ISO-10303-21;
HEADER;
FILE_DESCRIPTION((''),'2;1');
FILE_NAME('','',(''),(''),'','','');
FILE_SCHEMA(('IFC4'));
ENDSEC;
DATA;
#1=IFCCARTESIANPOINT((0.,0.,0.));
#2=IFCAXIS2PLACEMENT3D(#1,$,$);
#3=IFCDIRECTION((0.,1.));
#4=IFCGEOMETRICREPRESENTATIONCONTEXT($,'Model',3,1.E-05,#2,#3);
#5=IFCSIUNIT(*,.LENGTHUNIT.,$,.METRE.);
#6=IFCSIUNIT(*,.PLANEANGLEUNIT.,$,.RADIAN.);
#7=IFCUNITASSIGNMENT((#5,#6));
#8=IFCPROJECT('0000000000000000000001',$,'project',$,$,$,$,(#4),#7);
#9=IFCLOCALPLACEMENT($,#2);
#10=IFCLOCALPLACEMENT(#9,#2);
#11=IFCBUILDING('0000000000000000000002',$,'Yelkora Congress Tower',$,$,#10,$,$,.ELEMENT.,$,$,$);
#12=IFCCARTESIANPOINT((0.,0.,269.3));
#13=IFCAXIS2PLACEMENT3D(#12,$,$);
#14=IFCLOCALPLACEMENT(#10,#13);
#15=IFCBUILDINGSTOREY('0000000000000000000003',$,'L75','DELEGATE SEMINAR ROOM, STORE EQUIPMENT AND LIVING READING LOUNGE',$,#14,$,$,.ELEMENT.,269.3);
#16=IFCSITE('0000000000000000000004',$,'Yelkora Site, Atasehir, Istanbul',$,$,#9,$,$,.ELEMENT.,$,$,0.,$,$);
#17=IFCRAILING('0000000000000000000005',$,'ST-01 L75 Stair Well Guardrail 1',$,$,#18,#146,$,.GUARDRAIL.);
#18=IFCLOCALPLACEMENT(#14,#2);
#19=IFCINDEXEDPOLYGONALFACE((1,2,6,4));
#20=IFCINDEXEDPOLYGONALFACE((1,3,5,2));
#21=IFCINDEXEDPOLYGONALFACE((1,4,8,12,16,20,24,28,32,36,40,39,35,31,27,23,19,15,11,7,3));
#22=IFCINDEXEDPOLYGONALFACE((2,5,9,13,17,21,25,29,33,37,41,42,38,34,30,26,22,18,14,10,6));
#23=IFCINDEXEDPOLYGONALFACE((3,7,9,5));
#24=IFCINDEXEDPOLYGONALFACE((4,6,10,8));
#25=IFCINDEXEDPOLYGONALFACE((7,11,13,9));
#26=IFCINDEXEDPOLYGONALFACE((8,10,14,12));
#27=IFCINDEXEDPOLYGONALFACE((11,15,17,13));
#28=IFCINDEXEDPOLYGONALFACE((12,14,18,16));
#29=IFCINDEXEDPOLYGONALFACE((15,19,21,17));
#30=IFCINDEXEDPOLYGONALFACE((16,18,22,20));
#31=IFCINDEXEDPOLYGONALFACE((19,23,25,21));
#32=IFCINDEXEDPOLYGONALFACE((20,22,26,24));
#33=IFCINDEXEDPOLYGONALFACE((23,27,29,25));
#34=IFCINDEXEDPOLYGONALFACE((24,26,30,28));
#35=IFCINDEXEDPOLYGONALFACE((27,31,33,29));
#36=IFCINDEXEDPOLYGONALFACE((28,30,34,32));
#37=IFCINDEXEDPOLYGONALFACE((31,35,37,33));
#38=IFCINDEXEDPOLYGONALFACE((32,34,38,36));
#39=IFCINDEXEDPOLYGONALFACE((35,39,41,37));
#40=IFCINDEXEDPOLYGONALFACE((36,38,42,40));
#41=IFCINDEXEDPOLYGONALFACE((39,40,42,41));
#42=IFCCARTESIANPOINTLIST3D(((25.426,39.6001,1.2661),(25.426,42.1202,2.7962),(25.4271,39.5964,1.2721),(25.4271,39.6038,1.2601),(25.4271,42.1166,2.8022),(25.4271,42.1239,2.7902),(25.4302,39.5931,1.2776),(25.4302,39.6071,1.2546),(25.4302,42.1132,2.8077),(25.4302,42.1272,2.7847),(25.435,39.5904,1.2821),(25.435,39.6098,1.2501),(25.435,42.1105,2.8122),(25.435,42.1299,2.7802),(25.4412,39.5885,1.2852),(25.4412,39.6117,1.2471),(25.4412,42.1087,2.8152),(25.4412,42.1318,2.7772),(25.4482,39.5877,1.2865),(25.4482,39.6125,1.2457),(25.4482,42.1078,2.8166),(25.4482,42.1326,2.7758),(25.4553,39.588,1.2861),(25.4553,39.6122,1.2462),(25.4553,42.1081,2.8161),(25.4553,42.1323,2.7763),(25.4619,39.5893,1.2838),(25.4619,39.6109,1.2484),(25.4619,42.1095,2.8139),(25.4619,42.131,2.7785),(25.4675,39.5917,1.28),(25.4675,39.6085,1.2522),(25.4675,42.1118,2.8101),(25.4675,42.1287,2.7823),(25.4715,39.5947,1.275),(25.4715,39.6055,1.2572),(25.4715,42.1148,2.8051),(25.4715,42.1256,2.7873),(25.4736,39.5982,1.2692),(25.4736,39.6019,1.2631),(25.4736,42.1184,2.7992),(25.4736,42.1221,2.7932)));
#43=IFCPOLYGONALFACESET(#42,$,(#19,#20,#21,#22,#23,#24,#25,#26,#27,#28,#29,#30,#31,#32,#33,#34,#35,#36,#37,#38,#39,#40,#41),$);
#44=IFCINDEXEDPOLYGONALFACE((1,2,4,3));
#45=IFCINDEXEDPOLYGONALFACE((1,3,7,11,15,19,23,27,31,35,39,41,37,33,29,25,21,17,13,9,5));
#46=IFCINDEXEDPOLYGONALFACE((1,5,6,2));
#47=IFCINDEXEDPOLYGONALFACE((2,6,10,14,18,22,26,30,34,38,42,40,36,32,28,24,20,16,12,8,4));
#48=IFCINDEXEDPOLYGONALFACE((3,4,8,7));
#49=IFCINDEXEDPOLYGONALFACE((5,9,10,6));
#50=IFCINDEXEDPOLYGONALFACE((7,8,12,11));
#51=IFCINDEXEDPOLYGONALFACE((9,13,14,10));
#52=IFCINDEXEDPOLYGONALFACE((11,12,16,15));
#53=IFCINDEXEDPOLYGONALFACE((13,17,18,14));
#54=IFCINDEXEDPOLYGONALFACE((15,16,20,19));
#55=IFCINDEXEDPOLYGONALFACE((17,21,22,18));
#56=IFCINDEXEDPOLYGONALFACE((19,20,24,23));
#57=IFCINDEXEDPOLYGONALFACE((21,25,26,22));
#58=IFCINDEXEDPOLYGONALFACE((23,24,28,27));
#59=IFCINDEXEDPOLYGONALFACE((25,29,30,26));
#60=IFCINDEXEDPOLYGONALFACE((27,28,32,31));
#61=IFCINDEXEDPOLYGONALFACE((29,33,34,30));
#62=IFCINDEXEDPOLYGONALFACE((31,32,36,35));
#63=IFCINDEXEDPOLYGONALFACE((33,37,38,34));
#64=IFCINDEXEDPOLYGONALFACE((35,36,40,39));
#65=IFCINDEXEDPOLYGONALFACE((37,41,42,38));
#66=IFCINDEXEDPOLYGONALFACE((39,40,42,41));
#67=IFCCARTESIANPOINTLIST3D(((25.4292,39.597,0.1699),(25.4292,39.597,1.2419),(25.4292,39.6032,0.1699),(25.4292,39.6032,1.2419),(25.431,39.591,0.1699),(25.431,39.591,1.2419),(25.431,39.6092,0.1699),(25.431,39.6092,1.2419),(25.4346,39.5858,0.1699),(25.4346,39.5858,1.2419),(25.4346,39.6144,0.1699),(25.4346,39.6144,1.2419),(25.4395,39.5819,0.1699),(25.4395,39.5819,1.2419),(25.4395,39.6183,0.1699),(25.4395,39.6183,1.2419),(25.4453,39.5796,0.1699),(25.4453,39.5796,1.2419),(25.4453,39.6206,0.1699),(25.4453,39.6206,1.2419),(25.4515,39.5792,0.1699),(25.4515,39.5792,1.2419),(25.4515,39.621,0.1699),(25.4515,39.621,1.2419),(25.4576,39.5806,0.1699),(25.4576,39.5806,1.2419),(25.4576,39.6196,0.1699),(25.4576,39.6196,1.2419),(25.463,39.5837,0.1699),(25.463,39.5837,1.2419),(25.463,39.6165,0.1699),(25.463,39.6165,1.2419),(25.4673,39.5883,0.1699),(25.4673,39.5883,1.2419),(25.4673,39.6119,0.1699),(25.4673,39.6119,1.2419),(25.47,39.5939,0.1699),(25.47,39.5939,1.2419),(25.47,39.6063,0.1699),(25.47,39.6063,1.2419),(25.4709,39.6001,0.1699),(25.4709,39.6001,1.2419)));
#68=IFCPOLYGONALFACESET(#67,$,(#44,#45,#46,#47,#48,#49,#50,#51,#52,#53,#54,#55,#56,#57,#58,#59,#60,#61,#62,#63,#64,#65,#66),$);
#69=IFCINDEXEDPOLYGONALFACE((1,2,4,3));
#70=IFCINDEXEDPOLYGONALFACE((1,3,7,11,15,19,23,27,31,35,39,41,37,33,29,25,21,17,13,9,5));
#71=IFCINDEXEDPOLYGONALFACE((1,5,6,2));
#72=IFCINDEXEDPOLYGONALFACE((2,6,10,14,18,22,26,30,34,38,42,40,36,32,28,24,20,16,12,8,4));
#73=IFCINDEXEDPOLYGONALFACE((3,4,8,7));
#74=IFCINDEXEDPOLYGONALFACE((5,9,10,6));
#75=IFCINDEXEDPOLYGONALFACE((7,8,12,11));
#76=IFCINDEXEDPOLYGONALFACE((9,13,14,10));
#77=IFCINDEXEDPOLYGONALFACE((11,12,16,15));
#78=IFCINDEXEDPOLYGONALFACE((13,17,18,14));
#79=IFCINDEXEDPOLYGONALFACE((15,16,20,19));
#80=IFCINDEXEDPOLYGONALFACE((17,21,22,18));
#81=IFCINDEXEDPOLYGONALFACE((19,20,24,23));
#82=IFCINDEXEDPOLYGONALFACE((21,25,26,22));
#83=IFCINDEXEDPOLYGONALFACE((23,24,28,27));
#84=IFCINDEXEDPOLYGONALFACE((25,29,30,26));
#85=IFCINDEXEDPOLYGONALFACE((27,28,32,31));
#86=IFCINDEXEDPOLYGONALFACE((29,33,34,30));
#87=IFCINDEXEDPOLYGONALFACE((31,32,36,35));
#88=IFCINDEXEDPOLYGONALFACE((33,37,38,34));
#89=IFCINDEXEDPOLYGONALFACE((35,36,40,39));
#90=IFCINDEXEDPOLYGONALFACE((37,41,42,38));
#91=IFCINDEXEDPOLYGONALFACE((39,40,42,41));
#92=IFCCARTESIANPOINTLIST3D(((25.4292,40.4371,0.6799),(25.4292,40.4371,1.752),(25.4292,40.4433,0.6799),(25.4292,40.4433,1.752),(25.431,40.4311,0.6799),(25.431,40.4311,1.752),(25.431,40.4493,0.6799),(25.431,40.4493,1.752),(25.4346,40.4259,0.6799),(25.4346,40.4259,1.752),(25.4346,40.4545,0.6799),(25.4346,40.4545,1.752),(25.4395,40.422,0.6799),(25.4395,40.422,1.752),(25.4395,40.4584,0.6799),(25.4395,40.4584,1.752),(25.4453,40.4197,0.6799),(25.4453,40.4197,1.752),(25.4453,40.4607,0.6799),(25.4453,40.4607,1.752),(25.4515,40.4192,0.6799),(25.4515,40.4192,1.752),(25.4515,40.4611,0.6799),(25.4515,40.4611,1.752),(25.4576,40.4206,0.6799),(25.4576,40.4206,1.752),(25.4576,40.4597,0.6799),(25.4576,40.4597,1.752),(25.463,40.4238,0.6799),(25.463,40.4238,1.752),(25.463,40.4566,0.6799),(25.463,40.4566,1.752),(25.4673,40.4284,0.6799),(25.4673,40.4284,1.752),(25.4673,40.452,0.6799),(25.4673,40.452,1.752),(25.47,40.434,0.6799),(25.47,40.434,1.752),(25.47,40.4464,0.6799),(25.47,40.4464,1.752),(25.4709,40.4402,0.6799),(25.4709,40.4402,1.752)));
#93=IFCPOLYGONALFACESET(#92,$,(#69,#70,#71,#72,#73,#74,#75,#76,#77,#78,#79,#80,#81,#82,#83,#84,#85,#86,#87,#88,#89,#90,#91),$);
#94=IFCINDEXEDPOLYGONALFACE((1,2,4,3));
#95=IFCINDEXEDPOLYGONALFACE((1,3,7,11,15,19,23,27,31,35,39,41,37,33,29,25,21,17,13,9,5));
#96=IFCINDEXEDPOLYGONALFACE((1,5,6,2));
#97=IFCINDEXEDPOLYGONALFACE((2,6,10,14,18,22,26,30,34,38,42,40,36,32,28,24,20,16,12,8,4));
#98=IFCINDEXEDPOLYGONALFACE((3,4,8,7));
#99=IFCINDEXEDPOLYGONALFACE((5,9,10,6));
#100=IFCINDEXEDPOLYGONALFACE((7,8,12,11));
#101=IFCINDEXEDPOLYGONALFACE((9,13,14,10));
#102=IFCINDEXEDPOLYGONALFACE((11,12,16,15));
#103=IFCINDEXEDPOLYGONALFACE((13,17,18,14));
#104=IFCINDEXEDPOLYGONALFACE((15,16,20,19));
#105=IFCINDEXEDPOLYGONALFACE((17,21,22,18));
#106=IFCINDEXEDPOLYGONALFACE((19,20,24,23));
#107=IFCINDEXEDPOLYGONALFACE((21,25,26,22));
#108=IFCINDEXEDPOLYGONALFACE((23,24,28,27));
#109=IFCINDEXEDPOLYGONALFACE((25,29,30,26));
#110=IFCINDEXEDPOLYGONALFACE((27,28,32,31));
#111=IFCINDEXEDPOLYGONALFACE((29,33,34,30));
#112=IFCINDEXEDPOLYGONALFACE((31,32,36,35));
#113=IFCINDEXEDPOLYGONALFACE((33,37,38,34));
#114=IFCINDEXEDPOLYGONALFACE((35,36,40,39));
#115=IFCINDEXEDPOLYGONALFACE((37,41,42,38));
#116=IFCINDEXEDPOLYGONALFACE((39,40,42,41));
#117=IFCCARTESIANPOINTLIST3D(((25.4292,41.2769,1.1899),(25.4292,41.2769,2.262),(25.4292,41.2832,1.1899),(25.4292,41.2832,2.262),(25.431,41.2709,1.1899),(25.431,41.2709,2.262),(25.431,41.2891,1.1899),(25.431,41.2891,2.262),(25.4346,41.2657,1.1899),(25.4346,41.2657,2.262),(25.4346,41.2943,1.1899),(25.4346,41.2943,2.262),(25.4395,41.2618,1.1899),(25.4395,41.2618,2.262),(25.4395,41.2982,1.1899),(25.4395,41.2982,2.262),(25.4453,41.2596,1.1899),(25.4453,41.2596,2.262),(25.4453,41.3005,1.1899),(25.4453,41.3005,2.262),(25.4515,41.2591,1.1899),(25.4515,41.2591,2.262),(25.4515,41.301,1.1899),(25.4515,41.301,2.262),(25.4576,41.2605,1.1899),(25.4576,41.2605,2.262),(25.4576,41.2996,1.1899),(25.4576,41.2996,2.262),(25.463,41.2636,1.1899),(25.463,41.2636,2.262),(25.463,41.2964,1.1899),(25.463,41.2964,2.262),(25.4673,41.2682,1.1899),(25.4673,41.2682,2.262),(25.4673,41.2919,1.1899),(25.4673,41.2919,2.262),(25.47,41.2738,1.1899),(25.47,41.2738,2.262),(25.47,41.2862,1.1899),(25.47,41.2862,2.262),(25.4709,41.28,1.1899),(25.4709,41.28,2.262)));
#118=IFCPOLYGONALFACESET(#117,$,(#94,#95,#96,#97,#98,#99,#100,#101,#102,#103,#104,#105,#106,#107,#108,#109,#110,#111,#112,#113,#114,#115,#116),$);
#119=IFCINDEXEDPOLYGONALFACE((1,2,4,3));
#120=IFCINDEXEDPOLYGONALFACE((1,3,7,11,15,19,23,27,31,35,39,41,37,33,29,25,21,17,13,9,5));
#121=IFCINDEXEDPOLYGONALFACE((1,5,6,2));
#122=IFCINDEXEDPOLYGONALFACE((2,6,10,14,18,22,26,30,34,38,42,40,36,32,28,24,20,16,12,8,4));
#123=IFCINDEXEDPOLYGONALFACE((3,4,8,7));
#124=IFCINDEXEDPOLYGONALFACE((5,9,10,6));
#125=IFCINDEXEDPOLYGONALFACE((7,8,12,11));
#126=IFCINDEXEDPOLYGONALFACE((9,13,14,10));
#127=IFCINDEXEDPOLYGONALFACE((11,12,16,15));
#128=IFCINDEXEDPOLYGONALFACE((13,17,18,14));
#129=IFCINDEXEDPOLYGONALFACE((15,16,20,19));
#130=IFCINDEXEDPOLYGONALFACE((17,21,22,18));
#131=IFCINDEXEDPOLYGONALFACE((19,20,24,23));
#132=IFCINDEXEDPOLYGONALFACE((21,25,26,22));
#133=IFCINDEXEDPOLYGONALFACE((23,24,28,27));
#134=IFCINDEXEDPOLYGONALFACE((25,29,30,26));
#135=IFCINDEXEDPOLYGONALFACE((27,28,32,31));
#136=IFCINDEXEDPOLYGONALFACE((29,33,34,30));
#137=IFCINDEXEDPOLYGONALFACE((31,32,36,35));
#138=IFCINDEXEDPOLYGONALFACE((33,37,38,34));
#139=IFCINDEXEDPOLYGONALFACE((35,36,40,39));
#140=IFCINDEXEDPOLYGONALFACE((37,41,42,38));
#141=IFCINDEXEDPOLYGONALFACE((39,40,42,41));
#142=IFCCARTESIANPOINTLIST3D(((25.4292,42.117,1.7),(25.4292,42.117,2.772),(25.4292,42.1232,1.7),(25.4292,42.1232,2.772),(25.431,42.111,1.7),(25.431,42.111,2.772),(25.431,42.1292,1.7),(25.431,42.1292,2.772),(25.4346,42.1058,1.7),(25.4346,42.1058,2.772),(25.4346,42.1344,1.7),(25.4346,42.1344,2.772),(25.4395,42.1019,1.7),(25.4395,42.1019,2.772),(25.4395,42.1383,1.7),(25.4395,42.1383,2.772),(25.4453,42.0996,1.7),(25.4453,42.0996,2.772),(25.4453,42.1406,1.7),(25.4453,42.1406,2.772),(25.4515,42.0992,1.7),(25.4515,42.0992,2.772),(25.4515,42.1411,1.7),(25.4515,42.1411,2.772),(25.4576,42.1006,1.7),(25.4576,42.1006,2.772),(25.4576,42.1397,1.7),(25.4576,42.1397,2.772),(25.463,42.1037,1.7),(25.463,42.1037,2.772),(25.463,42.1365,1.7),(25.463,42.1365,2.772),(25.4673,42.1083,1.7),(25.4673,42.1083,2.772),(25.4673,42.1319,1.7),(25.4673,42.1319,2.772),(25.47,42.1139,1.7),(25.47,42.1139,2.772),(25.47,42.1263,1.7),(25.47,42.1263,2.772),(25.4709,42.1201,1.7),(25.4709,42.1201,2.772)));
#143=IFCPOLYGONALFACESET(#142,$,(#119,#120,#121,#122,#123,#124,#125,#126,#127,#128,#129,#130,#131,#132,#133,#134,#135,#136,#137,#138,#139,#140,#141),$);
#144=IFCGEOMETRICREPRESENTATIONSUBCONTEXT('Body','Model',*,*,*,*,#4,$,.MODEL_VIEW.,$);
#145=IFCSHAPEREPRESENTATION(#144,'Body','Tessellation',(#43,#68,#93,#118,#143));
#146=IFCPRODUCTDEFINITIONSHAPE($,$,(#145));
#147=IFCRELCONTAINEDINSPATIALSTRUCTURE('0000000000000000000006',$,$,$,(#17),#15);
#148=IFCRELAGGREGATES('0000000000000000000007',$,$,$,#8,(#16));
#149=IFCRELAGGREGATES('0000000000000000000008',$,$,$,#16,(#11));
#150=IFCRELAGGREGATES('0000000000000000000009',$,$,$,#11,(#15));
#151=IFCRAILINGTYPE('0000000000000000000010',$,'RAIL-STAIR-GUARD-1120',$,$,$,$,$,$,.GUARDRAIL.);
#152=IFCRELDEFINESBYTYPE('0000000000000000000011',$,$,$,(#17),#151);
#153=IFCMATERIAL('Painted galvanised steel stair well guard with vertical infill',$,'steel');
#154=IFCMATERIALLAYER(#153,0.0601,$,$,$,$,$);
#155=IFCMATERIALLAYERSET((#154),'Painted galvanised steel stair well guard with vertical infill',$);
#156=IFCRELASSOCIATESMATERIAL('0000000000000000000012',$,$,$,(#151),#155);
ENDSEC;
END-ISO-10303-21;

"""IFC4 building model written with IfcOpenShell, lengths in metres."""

from ifc_helpers import new_model, si_unit, direction, frame, origin, origin_2d, place, context, subcontext, project, spatial, circle, extrude, material, layer, layer_set, type_object, element, save


model = new_model("IFC4")

# Units and contexts
model_context = context("Model", 3, precision=1e-05, world=origin(), true_north=direction((0.0, 1.0)))
body_context = subcontext(model_context, "Body", "Model", "MODEL_VIEW")
ifc_project = project(units=[si_unit("LENGTHUNIT", "METRE"), si_unit("PLANEANGLEUNIT", "RADIAN")], contexts=[model_context])

# Site, building, storey
site_placement = place(None, origin())
site = spatial("IfcSite", under=ifc_project, at=site_placement, Name="Yelkora Site, Atasehir, Istanbul", CompositionType="ELEMENT", RefElevation=0.0)
building_placement = place(site_placement, origin())
building = spatial("IfcBuilding", under=site, at=building_placement, Name="Yelkora Congress Tower", CompositionType="ELEMENT")
storey_placement = place(building_placement, frame((0.0, 0.0, 269.3)))
storey = spatial("IfcBuildingStorey", under=building, at=storey_placement, Name="L75", Description="DELEGATE SEMINAR ROOM, STORE EQUIPMENT AND LIVING READING LOUNGE", CompositionType="ELEMENT", Elevation=269.3)

# Railing
ifc_material_1 = material(Name="Painted galvanised steel stair well guard with vertical infill", Category="steel")
ifc_layer_1 = layer(ifc_material_1, 0.0601)
ifc_layer_set_1 = layer_set([ifc_layer_1], Name="Painted galvanised steel stair well guard with vertical infill")
railing_type_1 = type_object("IfcRailingType", Name="RAIL-STAIR-GUARD-1120", PredefinedType="GUARDRAIL", material=ifc_layer_set_1)
railing_1_placement = place(storey_placement, frame((25.45, 39.6001, 0.1699)))
element("IfcRailing", 1, at=railing_1_placement, inside=storey, type_object=railing_type_1, Name="ST-01 L75 Stair Well Guardrail 1", PredefinedType="GUARDRAIL", context=body_context, shape_type="SweptSolid", body=[
    extrude(circle(Radius=0.0239, at=origin_2d()), frame((0.0, 0.0, 1.0962), z_axis=(0.0, 0.854785, 0.518982), x_axis=(-1.0, 0.0, 0.0)), (0.0, 0.0, 1.0), 2.9482),
    extrude(circle(Radius=0.021, at=origin_2d()), origin(), (0.0, 0.0, 1.0), 1.072),
    extrude(circle(Radius=0.021, at=origin_2d()), frame((0.0, 0.8401, 0.51)), (0.0, 0.0, 1.0), 1.072),
    extrude(circle(Radius=0.021, at=origin_2d()), frame((0.0, 1.6799, 1.02)), (0.0, 0.0, 1.0), 1.072),
    extrude(circle(Radius=0.021, at=origin_2d()), frame((0.0, 2.52, 1.53)), (0.0, 0.0, 1.0), 1.072),
])

save(model, "model.ifc")
